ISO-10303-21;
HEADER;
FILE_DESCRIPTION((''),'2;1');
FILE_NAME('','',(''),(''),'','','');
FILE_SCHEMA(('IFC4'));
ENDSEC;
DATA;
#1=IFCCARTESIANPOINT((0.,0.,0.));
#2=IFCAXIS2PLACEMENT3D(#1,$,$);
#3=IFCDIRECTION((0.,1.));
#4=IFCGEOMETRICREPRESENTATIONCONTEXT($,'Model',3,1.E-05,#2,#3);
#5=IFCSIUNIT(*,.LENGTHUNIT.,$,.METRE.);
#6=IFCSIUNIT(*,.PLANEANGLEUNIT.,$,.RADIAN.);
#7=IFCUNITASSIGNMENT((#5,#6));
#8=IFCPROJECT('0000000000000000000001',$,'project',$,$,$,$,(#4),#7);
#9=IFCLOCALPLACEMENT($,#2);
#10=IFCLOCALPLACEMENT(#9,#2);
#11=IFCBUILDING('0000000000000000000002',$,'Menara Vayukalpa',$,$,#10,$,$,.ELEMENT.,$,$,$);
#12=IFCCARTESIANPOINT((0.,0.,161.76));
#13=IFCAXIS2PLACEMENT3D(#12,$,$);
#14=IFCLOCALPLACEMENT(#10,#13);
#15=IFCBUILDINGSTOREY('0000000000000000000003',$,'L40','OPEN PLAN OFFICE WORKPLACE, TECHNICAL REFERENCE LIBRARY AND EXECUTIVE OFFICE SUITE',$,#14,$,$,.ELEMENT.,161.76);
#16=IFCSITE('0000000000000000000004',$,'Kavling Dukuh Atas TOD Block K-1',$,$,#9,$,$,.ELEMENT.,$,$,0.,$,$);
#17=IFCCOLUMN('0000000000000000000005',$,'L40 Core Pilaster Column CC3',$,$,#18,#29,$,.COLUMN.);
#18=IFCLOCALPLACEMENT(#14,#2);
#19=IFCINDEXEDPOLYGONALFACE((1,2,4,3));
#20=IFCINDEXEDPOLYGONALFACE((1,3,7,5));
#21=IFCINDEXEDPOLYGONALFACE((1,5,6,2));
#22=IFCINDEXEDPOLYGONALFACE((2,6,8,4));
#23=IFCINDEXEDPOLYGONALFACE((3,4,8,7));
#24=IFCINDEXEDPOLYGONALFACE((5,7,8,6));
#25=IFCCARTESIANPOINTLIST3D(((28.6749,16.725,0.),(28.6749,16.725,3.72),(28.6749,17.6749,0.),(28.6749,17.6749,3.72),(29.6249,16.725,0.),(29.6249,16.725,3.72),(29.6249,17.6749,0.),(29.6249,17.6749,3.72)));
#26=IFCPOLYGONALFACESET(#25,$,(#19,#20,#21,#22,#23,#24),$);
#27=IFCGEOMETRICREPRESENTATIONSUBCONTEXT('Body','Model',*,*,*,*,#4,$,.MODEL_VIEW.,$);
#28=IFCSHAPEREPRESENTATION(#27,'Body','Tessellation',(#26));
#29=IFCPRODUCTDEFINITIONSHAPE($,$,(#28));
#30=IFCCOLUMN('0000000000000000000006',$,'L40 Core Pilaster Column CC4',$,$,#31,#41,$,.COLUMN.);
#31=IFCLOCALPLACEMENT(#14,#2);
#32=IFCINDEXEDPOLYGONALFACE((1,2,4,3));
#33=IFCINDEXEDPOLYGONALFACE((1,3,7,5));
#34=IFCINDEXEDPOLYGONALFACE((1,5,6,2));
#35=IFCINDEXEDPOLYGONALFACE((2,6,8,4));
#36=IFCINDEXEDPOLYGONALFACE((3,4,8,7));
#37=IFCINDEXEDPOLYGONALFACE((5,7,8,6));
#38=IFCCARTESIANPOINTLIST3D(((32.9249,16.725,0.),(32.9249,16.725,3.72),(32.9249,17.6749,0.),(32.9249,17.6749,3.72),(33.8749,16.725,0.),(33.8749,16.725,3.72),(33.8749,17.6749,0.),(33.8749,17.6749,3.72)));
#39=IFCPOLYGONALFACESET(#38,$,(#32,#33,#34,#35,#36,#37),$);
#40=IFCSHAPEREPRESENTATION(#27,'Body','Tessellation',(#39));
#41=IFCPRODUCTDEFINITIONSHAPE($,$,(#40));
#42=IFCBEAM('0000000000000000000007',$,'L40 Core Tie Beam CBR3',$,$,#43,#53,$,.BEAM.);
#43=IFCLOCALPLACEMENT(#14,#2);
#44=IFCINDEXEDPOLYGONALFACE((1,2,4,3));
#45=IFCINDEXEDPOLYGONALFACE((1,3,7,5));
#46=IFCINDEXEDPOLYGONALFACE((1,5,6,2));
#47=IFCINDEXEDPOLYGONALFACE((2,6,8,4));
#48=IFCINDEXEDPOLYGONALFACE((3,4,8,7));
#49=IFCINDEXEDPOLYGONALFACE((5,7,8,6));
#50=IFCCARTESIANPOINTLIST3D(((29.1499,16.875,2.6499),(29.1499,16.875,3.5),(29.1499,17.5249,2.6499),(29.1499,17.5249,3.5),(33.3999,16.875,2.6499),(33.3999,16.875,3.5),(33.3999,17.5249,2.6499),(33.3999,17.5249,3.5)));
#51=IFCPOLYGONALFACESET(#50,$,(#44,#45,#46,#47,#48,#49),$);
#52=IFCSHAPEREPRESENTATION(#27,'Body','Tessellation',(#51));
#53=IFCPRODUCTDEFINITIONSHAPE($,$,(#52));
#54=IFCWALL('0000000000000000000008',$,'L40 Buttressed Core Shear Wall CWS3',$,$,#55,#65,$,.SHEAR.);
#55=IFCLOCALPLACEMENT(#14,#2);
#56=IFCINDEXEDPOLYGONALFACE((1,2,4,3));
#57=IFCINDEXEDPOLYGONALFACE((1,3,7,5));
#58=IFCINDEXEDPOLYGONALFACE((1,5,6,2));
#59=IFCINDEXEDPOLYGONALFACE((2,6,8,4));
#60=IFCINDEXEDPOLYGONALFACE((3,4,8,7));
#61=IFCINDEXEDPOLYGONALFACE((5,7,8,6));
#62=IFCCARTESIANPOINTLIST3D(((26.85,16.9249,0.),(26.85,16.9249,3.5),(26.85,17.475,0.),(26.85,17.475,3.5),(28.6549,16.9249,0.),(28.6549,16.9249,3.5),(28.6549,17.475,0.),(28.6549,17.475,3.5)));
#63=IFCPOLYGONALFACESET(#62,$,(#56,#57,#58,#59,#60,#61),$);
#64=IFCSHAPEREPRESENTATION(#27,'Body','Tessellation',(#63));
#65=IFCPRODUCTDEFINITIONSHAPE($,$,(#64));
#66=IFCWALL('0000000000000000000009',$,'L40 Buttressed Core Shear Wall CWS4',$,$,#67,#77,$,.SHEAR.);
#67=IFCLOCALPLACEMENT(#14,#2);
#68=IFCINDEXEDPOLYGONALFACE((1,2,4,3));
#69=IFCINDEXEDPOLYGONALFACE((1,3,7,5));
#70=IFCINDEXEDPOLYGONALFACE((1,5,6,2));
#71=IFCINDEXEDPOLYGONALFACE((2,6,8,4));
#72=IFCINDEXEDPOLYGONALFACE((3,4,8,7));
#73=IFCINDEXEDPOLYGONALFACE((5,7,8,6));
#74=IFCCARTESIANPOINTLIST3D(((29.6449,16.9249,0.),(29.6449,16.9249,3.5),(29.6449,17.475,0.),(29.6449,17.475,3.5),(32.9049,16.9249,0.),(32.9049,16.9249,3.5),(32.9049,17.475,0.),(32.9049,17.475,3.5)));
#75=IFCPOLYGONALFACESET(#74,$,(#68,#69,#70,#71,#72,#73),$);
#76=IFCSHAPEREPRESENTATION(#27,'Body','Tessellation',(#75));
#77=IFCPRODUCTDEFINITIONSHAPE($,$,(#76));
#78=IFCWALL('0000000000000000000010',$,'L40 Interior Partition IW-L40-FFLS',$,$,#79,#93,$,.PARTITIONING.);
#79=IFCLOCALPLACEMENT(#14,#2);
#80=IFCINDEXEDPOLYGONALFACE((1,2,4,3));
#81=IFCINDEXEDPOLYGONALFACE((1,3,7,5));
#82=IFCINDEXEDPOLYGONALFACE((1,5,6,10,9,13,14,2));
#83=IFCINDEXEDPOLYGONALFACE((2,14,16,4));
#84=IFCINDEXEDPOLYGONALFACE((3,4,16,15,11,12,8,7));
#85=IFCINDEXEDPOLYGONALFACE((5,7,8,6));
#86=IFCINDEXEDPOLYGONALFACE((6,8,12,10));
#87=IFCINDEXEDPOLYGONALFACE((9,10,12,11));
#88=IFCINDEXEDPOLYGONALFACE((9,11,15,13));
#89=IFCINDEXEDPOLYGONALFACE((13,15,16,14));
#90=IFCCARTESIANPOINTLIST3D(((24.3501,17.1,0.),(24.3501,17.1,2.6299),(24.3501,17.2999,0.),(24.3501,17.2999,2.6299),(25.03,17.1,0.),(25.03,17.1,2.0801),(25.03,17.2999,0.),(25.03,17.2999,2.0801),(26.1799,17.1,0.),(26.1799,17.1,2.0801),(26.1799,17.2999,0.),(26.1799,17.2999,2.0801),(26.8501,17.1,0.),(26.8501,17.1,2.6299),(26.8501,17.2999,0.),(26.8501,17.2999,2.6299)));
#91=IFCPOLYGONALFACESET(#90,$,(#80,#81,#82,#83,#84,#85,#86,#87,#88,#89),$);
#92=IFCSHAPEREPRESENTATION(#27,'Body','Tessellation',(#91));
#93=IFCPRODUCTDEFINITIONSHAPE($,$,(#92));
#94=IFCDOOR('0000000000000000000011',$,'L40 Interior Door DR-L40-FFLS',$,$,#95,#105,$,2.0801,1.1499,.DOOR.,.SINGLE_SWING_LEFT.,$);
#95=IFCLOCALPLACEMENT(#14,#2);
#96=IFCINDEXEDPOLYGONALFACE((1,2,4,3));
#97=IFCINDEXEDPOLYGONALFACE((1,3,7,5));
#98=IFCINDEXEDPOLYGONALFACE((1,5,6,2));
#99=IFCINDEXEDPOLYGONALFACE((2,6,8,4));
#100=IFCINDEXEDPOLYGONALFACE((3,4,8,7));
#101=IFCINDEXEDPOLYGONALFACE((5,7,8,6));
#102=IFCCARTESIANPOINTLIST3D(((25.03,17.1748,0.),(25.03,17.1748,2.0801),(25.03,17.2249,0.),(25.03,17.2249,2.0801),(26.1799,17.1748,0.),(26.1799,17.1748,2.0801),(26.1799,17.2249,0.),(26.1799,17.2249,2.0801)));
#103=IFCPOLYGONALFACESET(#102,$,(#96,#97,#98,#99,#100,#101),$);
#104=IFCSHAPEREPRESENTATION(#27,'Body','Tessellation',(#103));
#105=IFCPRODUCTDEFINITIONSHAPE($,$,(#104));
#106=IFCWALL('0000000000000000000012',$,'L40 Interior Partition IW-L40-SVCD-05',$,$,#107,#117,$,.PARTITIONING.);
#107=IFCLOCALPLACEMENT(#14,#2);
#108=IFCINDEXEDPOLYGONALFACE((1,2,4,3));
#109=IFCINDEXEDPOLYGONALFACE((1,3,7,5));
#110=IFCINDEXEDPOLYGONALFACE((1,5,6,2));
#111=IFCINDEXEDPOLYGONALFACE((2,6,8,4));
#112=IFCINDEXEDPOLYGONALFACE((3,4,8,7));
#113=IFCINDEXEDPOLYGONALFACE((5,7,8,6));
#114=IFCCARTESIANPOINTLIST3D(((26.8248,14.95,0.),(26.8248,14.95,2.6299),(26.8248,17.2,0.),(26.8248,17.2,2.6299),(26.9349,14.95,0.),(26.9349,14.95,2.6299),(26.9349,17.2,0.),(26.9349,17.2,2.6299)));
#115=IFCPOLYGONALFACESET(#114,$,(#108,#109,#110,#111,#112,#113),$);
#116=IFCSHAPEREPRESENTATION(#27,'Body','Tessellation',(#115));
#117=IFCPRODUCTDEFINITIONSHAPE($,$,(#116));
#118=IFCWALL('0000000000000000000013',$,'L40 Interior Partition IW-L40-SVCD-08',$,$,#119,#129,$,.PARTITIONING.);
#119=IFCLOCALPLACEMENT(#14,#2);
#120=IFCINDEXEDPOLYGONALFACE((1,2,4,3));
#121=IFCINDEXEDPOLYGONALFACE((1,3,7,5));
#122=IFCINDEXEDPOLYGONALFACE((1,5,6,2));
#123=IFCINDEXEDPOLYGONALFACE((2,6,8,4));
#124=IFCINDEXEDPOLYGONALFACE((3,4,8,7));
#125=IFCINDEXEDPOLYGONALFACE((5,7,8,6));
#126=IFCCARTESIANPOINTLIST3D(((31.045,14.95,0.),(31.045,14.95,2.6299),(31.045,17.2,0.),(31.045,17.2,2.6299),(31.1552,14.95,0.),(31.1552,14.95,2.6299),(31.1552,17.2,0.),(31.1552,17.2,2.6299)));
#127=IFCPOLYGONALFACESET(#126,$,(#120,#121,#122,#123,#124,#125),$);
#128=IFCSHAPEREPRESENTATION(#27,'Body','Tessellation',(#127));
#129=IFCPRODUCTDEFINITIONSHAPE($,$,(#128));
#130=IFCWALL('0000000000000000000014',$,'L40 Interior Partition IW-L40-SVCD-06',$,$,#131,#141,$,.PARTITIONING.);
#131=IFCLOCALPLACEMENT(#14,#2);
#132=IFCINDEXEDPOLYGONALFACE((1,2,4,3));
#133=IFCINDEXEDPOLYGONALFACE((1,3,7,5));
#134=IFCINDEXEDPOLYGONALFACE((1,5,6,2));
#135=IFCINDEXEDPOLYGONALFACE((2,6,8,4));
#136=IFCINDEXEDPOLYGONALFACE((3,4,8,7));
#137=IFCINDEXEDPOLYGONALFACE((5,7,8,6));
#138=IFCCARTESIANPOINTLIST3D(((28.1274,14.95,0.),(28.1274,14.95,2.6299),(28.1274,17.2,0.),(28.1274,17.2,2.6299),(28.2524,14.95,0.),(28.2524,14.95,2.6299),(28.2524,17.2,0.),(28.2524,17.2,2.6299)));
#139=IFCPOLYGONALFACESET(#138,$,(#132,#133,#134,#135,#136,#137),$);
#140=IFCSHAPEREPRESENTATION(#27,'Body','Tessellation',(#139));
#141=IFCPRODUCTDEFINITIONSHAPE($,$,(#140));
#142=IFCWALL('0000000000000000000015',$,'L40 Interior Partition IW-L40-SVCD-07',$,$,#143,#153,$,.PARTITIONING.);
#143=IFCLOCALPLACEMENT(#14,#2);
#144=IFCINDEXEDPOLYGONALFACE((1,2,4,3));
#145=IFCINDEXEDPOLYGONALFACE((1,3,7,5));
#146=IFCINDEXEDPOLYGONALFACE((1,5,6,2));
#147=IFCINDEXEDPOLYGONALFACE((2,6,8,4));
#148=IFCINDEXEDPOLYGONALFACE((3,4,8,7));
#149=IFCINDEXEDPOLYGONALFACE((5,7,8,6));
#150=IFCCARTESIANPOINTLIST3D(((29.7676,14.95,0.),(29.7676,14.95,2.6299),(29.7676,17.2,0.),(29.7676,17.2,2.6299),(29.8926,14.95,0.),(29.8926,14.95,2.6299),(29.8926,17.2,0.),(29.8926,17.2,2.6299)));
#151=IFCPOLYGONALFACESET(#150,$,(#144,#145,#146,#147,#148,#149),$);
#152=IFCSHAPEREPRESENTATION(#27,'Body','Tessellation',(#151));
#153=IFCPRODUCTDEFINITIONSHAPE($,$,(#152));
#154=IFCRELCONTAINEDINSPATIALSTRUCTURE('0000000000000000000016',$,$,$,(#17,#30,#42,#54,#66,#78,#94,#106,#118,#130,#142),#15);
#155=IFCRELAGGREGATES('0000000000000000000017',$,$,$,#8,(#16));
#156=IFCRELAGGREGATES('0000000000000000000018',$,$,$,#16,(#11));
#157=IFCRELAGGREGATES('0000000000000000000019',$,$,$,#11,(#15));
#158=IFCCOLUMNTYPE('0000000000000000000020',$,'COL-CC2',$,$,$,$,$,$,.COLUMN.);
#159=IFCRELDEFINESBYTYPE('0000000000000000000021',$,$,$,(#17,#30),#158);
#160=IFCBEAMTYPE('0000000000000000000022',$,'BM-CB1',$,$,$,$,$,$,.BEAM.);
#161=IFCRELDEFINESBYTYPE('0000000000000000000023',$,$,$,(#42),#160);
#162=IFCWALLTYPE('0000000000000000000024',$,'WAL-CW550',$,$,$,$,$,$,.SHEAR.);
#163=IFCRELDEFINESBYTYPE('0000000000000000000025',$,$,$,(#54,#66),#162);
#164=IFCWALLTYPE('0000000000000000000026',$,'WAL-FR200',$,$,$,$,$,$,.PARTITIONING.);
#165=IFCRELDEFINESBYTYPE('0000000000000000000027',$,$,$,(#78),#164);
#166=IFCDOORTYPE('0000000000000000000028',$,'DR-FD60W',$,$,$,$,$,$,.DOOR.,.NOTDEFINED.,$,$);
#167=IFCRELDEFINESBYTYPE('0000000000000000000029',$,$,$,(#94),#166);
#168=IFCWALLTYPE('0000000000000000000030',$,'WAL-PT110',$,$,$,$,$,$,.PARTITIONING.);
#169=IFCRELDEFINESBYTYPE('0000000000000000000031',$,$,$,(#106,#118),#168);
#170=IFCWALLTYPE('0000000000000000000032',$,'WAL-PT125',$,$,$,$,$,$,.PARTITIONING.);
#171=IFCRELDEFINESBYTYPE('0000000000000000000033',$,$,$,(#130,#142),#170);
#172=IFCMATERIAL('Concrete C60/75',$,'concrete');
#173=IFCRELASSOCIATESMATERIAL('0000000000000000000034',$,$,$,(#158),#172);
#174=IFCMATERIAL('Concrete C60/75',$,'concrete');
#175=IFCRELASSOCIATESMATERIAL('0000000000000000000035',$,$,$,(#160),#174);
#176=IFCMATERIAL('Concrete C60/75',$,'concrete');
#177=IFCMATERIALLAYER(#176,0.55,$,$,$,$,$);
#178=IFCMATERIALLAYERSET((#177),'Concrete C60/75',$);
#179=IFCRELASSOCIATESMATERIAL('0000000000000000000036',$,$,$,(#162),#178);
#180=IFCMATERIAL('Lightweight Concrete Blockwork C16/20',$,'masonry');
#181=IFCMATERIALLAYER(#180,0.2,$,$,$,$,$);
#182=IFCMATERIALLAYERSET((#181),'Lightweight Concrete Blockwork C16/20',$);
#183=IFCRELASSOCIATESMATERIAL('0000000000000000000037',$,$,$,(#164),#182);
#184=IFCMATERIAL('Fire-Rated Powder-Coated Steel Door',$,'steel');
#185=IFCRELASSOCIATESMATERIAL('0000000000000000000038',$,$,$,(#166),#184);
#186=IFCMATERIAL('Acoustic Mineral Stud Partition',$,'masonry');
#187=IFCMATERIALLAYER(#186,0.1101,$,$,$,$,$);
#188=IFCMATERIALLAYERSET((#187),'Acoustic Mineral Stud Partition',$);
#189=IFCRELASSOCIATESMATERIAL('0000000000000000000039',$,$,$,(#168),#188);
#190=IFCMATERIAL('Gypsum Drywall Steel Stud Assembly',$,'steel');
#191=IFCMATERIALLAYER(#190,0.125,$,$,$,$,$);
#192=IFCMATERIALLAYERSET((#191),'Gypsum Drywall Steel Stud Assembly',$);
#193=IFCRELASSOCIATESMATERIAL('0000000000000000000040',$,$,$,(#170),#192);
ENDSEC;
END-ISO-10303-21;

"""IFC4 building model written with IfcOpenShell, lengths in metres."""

from ifc_helpers import new_model, si_unit, direction, frame, frame_2d, origin, origin_2d, place, context, subcontext, project, spatial, rectangle, extrude, material, layer, layer_set, material_profile, profile_set, type_object, element, fill, save


model = new_model("IFC4")

# Units and contexts
model_context = context("Model", 3, precision=1e-05, world=origin(), true_north=direction((0.0, 1.0)))
body_context = subcontext(model_context, "Body", "Model", "MODEL_VIEW")
ifc_project = project(units=[si_unit("LENGTHUNIT", "METRE"), si_unit("PLANEANGLEUNIT", "RADIAN")], contexts=[model_context])

# Site, building, storey
site_placement = place(None, origin())
site = spatial("IfcSite", under=ifc_project, at=site_placement, Name="Kavling Dukuh Atas TOD Block K-1", CompositionType="ELEMENT", RefElevation=0.0)
building_placement = place(site_placement, origin())
building = spatial("IfcBuilding", under=site, at=building_placement, Name="Menara Vayukalpa", CompositionType="ELEMENT")
storey_placement = place(building_placement, frame((0.0, 0.0, 161.76)))
storey = spatial("IfcBuildingStorey", under=building, at=storey_placement, Name="L40", Description="OPEN PLAN OFFICE WORKPLACE, TECHNICAL REFERENCE LIBRARY AND EXECUTIVE OFFICE SUITE", CompositionType="ELEMENT", Elevation=161.76)

# Columns
ifc_material_1 = material(Name="Concrete C60/75", Category="concrete")
ifc_material_profile_1 = material_profile(ifc_material_1, rectangle(XDim=0.95, YDim=0.95, at=origin_2d()), Name="RC 950x950")
ifc_profile_set_1 = profile_set([ifc_material_profile_1], Name="Concrete C60/75")
column_type = type_object("IfcColumnType", Name="COL-CC2", PredefinedType="COLUMN", material=ifc_profile_set_1)
for number, where, z_axis, x_axis, name in (
    (1, (29.1499, 17.2, 0.0), (0.0, 0.0, 1.0), (1.0, 0.0, 0.0), "L40 Core Pilaster Column CC3"),
    (2, (33.3999, 17.2, 0.0), (0.0, 0.0, 1.0), (1.0, 0.0, 0.0), "L40 Core Pilaster Column CC4"),
):
    element("IfcColumn", number, at=place(storey_placement, frame(where, z_axis=z_axis, x_axis=x_axis)), inside=storey, type_object=column_type, Name=name, PredefinedType="COLUMN", context=body_context, shape_type="SweptSolid", body=[
        extrude(rectangle(XDim=0.95, YDim=0.95, at=origin_2d()), origin(), (0.0, 0.0, 1.0), 3.72),
    ])

# Beam
ifc_material_2 = material(Name="Concrete C60/75", Category="concrete")
ifc_material_profile_2 = material_profile(ifc_material_2, rectangle(XDim=0.6499, YDim=0.8501, at=origin_2d()), Name="RC 650x850")
ifc_profile_set_2 = profile_set([ifc_material_profile_2], Name="Concrete C60/75")
beam_type = type_object("IfcBeamType", Name="BM-CB1", PredefinedType="BEAM", material=ifc_profile_set_2)
beam_placement = place(storey_placement, frame((29.1499, 17.2, 3.075), z_axis=(1.0, 0.0, 0.0), x_axis=(0.0, 1.0, 0.0)))
element("IfcBeam", 3, at=beam_placement, inside=storey, type_object=beam_type, Name="L40 Core Tie Beam CBR3", PredefinedType="BEAM", context=body_context, shape_type="SweptSolid", body=[
    extrude(rectangle(XDim=0.6499, YDim=0.8501, at=origin_2d()), origin(), (0.0, 0.0, 1.0), 4.25),
])

# Walls
ifc_material_3 = material(Name="Concrete C60/75", Category="concrete")
ifc_layer_1 = layer(ifc_material_3, 0.55)
ifc_layer_set_1 = layer_set([ifc_layer_1], Name="Concrete C60/75")
wall_type_1 = type_object("IfcWallType", Name="WAL-CW550", PredefinedType="SHEAR", material=ifc_layer_set_1)
wall_1_placement = place(storey_placement, frame((26.8501, 17.2, 0.0), z_axis=(0.0, 0.0, 1.0), x_axis=(1.0, 0.0, 0.0)))
element("IfcWall", 4, at=wall_1_placement, inside=storey, type_object=wall_type_1, Name="L40 Buttressed Core Shear Wall CWS3", PredefinedType="SHEAR", context=body_context, shape_type="SweptSolid", body=[
    extrude(rectangle(XDim=1.8049, YDim=0.55, at=frame_2d((0.9023, 0.0))), origin(), (0.0, 0.0, 1.0), 3.5),
])
wall_2_placement = place(storey_placement, frame((29.645, 17.2, 0.0), z_axis=(0.0, 0.0, 1.0), x_axis=(1.0, 0.0, 0.0)))
element("IfcWall", 5, at=wall_2_placement, inside=storey, type_object=wall_type_1, Name="L40 Buttressed Core Shear Wall CWS4", PredefinedType="SHEAR", context=body_context, shape_type="SweptSolid", body=[
    extrude(rectangle(XDim=3.26, YDim=0.55, at=frame_2d((1.6299, 0.0))), origin(), (0.0, 0.0, 1.0), 3.5),
])

# Wall, opening, door
ifc_material_4 = material(Name="Lightweight Concrete Blockwork C16/20", Category="masonry")
ifc_layer_2 = layer(ifc_material_4, 0.2)
ifc_layer_set_2 = layer_set([ifc_layer_2], Name="Lightweight Concrete Blockwork C16/20")
wall_type_2 = type_object("IfcWallType", Name="WAL-FR200", PredefinedType="PARTITIONING", material=ifc_layer_set_2)
wall_3_placement = place(storey_placement, frame((24.3501, 17.2, 0.0), z_axis=(0.0, 0.0, 1.0), x_axis=(1.0, 0.0, 0.0)))
wall_3 = element("IfcWall", 6, at=wall_3_placement, inside=storey, type_object=wall_type_2, Name="L40 Interior Partition IW-L40-FFLS", PredefinedType="PARTITIONING", context=body_context, shape_type="SweptSolid", body=[
    extrude(rectangle(XDim=2.5, YDim=0.2, at=frame_2d((1.25, 0.0))), origin(), (0.0, 0.0, 1.0), 2.6299),
])
opening_1_placement = place(wall_3_placement, frame((0.6799, 0.0, 0.0)))
opening_1 = element("IfcOpeningElement", 7, at=opening_1_placement, cuts=wall_3, PredefinedType="OPENING", context=body_context, shape_type="SweptSolid", body=[
    extrude(rectangle(XDim=1.1499, YDim=2.0801, at=frame_2d((0.575, 1.04))), frame((0.0, 0.1099, 0.0), z_axis=(0.0, -1.0, 0.0), x_axis=(1.0, 0.0, 0.0)), (0.0, 0.0, 1.0), 0.22),
])
ifc_material_5 = material(Name="Fire-Rated Powder-Coated Steel Door", Category="steel")
door_type_1 = type_object("IfcDoorType", Name="DR-FD60W", OperationType="NOTDEFINED", PredefinedType="DOOR", material=ifc_material_5)
door_1_placement = place(opening_1_placement, origin())
door_1 = element("IfcDoor", 8, at=door_1_placement, inside=storey, type_object=door_type_1, Name="L40 Interior Door DR-L40-FFLS", OperationType="SINGLE_SWING_LEFT", OverallHeight=2.0801, OverallWidth=1.1499, PredefinedType="DOOR", context=body_context, shape_type="SweptSolid", body=[
    extrude(rectangle(XDim=1.1499, YDim=2.0801, at=frame_2d((0.575, 1.04))), frame((0.0, 0.0249, 0.0), z_axis=(0.0, -1.0, 0.0), x_axis=(1.0, 0.0, 0.0)), (0.0, 0.0, 1.0), 0.05),
])
fill(opening_1, door_1)

# Walls
ifc_material_6 = material(Name="Acoustic Mineral Stud Partition", Category="masonry")
ifc_layer_3 = layer(ifc_material_6, 0.1101)
ifc_layer_set_3 = layer_set([ifc_layer_3], Name="Acoustic Mineral Stud Partition")
wall_type_3 = type_object("IfcWallType", Name="WAL-PT110", PredefinedType="PARTITIONING", material=ifc_layer_set_3)
for number, where, z_axis, x_axis, name in (
    (9, (26.8799, 14.95, 0.0), (0.0, 0.0, 1.0), (0.0, 1.0, 0.0), "L40 Interior Partition IW-L40-SVCD-05"),
    (10, (31.1001, 14.95, 0.0), (0.0, 0.0, 1.0), (0.0, 1.0, 0.0), "L40 Interior Partition IW-L40-SVCD-08"),
):
    element("IfcWall", number, at=place(storey_placement, frame(where, z_axis=z_axis, x_axis=x_axis)), inside=storey, type_object=wall_type_3, Name=name, PredefinedType="PARTITIONING", context=body_context, shape_type="SweptSolid", body=[
        extrude(rectangle(XDim=2.25, YDim=0.1101, at=frame_2d((1.125, 0.0))), origin(), (0.0, 0.0, 1.0), 2.6299),
    ])
ifc_material_7 = material(Name="Gypsum Drywall Steel Stud Assembly", Category="steel")
ifc_layer_4 = layer(ifc_material_7, 0.125)
ifc_layer_set_4 = layer_set([ifc_layer_4], Name="Gypsum Drywall Steel Stud Assembly")
wall_type_4 = type_object("IfcWallType", Name="WAL-PT125", PredefinedType="PARTITIONING", material=ifc_layer_set_4)
for number, where, z_axis, x_axis, name in (
    (11, (28.1899, 14.95, 0.0), (0.0, 0.0, 1.0), (0.0, 1.0, 0.0), "L40 Interior Partition IW-L40-SVCD-06"),
    (12, (29.8301, 14.95, 0.0), (0.0, 0.0, 1.0), (0.0, 1.0, 0.0), "L40 Interior Partition IW-L40-SVCD-07"),
):
    element("IfcWall", number, at=place(storey_placement, frame(where, z_axis=z_axis, x_axis=x_axis)), inside=storey, type_object=wall_type_4, Name=name, PredefinedType="PARTITIONING", context=body_context, shape_type="SweptSolid", body=[
        extrude(rectangle(XDim=2.25, YDim=0.125, at=frame_2d((1.125, 0.0))), origin(), (0.0, 0.0, 1.0), 2.6299),
    ])

save(model, "model.ifc")
